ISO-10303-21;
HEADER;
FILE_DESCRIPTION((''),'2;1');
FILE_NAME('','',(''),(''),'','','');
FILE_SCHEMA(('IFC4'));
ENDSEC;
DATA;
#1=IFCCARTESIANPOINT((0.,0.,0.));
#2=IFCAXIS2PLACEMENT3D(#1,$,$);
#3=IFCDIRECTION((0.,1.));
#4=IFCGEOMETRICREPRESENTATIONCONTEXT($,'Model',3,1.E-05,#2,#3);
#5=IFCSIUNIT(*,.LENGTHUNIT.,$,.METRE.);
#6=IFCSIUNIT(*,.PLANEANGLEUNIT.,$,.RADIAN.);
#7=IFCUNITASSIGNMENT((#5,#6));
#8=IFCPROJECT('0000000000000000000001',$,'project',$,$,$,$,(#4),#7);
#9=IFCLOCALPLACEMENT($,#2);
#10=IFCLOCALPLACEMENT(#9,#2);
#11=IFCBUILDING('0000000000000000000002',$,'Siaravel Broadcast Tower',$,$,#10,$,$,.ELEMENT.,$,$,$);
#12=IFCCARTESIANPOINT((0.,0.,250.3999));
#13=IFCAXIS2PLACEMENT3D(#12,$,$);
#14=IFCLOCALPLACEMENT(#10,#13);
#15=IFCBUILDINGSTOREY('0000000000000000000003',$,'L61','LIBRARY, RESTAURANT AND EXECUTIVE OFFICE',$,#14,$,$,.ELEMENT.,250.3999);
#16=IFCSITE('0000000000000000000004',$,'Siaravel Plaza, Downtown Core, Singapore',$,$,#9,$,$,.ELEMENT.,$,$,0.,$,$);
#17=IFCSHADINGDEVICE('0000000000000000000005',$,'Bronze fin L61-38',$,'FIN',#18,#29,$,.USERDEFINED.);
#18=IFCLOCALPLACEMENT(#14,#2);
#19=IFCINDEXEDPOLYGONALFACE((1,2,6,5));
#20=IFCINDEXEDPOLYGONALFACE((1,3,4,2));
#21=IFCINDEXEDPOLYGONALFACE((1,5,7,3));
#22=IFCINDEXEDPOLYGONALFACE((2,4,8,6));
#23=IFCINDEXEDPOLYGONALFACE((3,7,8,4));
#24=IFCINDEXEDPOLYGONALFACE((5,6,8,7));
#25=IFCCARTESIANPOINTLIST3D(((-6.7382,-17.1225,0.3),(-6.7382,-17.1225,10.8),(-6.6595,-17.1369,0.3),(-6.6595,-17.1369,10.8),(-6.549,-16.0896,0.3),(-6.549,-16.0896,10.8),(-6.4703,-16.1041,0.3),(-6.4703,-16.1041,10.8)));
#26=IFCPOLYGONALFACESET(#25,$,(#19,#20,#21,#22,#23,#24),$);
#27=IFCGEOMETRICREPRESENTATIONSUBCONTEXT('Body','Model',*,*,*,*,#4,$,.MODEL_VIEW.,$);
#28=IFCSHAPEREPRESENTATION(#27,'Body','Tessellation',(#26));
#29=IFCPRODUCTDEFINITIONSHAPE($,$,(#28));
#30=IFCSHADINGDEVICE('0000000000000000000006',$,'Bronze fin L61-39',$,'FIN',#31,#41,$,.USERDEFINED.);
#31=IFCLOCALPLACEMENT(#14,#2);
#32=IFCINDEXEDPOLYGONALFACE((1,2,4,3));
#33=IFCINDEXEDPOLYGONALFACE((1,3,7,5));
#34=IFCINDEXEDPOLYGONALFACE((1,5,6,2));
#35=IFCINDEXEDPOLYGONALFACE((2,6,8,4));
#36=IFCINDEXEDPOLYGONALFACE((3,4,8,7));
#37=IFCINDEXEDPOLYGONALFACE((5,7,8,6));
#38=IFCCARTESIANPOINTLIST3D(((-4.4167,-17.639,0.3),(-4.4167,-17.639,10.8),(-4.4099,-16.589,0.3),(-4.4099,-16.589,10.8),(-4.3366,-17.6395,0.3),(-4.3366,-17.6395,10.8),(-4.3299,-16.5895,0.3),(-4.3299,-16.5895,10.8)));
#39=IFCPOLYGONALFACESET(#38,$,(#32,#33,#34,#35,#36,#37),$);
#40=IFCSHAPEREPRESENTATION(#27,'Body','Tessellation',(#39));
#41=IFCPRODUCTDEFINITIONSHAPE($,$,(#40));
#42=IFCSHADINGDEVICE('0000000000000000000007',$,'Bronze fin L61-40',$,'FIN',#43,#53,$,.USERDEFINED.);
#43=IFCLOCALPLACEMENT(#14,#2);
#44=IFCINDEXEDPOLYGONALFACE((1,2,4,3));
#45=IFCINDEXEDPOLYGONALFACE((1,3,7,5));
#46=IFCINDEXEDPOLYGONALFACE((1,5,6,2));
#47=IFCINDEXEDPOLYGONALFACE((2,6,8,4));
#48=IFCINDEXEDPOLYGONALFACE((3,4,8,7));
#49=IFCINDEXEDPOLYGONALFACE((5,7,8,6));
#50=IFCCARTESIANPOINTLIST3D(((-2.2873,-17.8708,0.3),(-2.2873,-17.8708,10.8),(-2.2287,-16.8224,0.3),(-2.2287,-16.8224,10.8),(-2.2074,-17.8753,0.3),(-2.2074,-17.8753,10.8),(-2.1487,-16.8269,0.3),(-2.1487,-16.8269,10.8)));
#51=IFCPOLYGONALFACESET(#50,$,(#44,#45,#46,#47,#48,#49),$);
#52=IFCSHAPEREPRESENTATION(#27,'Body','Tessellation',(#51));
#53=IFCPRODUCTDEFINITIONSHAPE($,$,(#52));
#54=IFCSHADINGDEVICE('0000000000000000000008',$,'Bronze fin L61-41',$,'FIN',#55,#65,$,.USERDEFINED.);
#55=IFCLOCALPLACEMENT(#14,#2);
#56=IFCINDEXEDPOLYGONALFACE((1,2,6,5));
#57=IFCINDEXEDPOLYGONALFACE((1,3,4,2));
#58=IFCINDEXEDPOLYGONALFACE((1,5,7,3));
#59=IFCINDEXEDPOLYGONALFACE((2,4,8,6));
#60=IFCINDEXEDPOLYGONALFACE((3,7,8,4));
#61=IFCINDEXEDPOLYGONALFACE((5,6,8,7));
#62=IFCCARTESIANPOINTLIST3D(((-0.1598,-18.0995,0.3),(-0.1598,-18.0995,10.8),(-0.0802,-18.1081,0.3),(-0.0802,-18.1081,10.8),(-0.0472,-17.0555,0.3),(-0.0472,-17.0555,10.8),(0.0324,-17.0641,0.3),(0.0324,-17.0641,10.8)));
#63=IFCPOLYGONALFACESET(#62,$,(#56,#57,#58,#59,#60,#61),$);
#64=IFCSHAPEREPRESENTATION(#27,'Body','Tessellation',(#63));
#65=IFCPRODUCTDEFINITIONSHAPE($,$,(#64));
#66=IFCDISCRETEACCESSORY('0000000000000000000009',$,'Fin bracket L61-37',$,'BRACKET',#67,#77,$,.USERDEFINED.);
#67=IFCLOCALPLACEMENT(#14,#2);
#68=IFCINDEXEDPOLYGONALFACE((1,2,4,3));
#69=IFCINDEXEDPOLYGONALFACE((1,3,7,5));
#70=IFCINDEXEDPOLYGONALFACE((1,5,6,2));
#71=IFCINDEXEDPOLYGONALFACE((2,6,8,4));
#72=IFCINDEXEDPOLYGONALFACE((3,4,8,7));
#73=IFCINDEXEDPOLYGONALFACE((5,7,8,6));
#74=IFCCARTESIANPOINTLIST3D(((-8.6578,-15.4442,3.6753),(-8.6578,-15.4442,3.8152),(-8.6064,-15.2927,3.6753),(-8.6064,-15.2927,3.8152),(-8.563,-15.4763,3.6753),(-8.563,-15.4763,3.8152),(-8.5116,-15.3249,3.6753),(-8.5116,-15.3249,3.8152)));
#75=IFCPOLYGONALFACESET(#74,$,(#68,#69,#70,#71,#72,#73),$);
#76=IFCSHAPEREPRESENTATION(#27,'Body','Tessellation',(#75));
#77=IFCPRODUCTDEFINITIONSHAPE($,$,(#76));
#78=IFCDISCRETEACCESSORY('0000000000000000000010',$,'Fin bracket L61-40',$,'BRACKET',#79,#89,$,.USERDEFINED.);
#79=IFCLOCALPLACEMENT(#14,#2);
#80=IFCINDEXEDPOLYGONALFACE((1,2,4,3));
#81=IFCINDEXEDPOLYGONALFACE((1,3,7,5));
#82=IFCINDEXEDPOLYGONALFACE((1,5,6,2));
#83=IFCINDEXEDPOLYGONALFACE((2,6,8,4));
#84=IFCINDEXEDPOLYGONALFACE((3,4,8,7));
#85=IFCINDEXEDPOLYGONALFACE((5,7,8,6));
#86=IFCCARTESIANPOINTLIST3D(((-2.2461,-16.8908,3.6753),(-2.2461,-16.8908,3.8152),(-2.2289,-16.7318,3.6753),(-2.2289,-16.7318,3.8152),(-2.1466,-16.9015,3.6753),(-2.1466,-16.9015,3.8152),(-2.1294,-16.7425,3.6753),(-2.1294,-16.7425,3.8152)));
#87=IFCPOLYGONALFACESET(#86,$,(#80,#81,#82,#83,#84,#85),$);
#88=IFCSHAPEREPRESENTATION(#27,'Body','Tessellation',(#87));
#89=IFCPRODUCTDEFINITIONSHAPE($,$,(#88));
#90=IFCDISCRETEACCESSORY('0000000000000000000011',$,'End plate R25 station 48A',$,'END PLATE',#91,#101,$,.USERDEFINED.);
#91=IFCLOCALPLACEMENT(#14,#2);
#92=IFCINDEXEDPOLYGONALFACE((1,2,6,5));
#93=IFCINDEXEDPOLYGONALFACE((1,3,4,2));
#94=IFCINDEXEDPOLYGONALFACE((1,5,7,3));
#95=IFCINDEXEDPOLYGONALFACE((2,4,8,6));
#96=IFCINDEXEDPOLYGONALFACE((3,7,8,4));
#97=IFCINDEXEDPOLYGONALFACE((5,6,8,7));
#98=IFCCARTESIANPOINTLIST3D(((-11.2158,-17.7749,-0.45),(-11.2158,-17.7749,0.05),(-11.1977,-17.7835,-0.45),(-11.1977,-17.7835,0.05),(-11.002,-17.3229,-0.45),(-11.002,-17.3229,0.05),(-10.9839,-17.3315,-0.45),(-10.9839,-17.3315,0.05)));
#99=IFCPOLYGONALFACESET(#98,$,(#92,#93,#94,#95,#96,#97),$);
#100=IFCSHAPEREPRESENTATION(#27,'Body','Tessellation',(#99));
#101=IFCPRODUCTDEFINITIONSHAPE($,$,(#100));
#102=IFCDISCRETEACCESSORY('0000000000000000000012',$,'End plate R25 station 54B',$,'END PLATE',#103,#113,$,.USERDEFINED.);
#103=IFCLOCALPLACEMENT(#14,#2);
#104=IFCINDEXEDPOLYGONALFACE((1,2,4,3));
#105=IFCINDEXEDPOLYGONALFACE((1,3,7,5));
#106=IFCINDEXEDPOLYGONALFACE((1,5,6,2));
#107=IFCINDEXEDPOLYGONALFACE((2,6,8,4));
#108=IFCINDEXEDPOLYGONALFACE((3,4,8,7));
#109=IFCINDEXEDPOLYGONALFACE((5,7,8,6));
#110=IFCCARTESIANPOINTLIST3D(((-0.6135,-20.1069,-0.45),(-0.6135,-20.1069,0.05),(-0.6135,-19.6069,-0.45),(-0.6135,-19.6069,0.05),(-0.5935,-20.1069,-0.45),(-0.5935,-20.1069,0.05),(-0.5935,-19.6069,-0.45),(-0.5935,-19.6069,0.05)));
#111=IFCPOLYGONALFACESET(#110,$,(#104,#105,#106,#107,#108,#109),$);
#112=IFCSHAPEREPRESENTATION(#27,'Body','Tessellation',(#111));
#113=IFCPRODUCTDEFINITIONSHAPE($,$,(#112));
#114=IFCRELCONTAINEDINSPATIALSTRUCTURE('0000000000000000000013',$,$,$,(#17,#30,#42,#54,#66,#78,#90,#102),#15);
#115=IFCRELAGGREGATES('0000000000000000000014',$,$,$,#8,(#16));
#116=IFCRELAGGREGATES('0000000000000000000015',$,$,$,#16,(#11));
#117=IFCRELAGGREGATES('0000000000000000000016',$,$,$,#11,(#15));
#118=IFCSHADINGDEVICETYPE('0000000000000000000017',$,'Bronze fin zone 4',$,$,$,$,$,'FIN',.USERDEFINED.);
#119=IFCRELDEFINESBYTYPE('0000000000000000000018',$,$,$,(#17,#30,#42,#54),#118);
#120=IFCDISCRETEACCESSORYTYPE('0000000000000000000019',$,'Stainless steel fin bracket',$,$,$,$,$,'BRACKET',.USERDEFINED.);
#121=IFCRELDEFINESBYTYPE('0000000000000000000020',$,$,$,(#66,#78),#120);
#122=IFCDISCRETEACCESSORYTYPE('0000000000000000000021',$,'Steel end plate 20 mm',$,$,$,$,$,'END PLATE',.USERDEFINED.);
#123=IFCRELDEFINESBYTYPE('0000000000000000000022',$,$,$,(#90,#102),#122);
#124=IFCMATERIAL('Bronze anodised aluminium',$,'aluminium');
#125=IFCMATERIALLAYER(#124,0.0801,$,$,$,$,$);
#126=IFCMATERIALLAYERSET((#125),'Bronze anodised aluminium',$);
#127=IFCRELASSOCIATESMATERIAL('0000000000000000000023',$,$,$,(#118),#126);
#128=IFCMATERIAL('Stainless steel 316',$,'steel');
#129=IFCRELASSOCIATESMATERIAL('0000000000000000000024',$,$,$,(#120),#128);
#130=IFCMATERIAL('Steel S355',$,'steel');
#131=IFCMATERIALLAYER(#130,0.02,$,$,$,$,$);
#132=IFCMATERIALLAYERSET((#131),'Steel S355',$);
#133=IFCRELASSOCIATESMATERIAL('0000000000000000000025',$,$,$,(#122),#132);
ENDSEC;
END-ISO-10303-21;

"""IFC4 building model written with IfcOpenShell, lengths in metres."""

from ifc_helpers import new_model, si_unit, direction, frame, origin, origin_2d, place, context, subcontext, project, spatial, rectangle, extrude, material, layer, layer_set, type_object, element, save


model = new_model("IFC4")

# Units and contexts
model_context = context("Model", 3, precision=1e-05, world=origin(), true_north=direction((0.0, 1.0)))
body_context = subcontext(model_context, "Body", "Model", "MODEL_VIEW")
ifc_project = project(units=[si_unit("LENGTHUNIT", "METRE"), si_unit("PLANEANGLEUNIT", "RADIAN")], contexts=[model_context])

# Site, building, storey
site_placement = place(None, origin())
site = spatial("IfcSite", under=ifc_project, at=site_placement, Name="Siaravel Plaza, Downtown Core, Singapore", CompositionType="ELEMENT", RefElevation=0.0)
building_placement = place(site_placement, origin())
building = spatial("IfcBuilding", under=site, at=building_placement, Name="Siaravel Broadcast Tower", CompositionType="ELEMENT")
storey_placement = place(building_placement, frame((0.0, 0.0, 250.3999)))
storey = spatial("IfcBuildingStorey", under=building, at=storey_placement, Name="L61", Description="LIBRARY, RESTAURANT AND EXECUTIVE OFFICE", CompositionType="ELEMENT", Elevation=250.3999)

# Shared definitions
ifc_material_1 = material(Name="Steel S355", Category="steel")

# Shading devices
ifc_material_2 = material(Name="Bronze anodised aluminium", Category="aluminium")
ifc_layer_1 = layer(ifc_material_2, 0.0801)
ifc_layer_set_1 = layer_set([ifc_layer_1], Name="Bronze anodised aluminium")
shading_device_type = type_object("IfcShadingDeviceType", Name="Bronze fin zone 4", ElementType="FIN", PredefinedType="USERDEFINED", material=ifc_layer_set_1)
for number, where, z_axis, x_axis, name in (
    (1, (-6.6042, -16.6133, 0.3), (0.0, 0.0, 1.0), (-0.180166, -0.983636, 0.0), "Bronze fin L61-38"),
    (2, (-4.3733, -17.1143, 0.3), (0.0, 0.0, 1.0), (-0.006451, -0.999979, 0.0), "Bronze fin L61-39"),
    (3, (-2.218, -17.3489, 0.3), (0.0, 0.0, 1.0), (-0.055874, -0.998438, 0.0), "Bronze fin L61-40"),
    (4, (-0.0637, -17.5818, 0.3), (0.0, 0.0, 1.0), (-0.107219, -0.994235, 0.0), "Bronze fin L61-41"),
):
    element("IfcShadingDevice", number, at=place(storey_placement, frame(where, z_axis=z_axis, x_axis=x_axis)), inside=storey, type_object=shading_device_type, Name=name, ObjectType="FIN", PredefinedType="USERDEFINED", context=body_context, shape_type="SweptSolid", body=[
        extrude(rectangle(XDim=1.05, YDim=0.0801, at=origin_2d()), origin(), (0.0, 0.0, 1.0), 10.5),
    ])

# Discrete accessories
ifc_material_3 = material(Name="Stainless steel 316", Category="steel")
discrete_accessory_type_1 = type_object("IfcDiscreteAccessoryType", Name="Stainless steel fin bracket", ElementType="BRACKET", PredefinedType="USERDEFINED", material=ifc_material_3)
for number, where, z_axis, x_axis, name in (
    (5, (-8.5847, -15.3845, 3.6753), (0.0, 0.0, 1.0), (-0.321302, -0.946977, 0.0), "Fin bracket L61-37"),
    (6, (-2.1877, -16.8167, 3.6753), (0.0, 0.0, 1.0), (-0.107219, -0.994235, 0.0), "Fin bracket L61-40"),
):
    element("IfcDiscreteAccessory", number, at=place(storey_placement, frame(where, z_axis=z_axis, x_axis=x_axis)), inside=storey, type_object=discrete_accessory_type_1, Name=name, ObjectType="BRACKET", PredefinedType="USERDEFINED", context=body_context, shape_type="SweptSolid", body=[
        extrude(rectangle(XDim=0.1599, YDim=0.1001, at=origin_2d()), origin(), (0.0, 0.0, 1.0), 0.1399),
    ])
ifc_layer_2 = layer(ifc_material_1, 0.02)
ifc_layer_set_2 = layer_set([ifc_layer_2], Name="Steel S355")
discrete_accessory_type_2 = type_object("IfcDiscreteAccessoryType", Name="Steel end plate 20 mm", ElementType="END PLATE", PredefinedType="USERDEFINED", material=ifc_layer_set_2)
for number, where, z_axis, x_axis, name in (
    (7, (-11.0999, -17.5532, -0.45), (0.0, 0.0, 1.0), (0.904006, -0.427519, 0.0), "End plate R25 station 48A"),
    (8, (-0.6035, -19.8569, -0.45), (0.0, 0.0, 1.0), (1.0, 0.0, 0.0), "End plate R25 station 54B"),
):
    element("IfcDiscreteAccessory", number, at=place(storey_placement, frame(where, z_axis=z_axis, x_axis=x_axis)), inside=storey, type_object=discrete_accessory_type_2, Name=name, ObjectType="END PLATE", PredefinedType="USERDEFINED", context=body_context, shape_type="SweptSolid", body=[
        extrude(rectangle(XDim=0.02, YDim=0.5, at=origin_2d()), origin(), (0.0, 0.0, 1.0), 0.5),
    ])

save(model, "model.ifc")
